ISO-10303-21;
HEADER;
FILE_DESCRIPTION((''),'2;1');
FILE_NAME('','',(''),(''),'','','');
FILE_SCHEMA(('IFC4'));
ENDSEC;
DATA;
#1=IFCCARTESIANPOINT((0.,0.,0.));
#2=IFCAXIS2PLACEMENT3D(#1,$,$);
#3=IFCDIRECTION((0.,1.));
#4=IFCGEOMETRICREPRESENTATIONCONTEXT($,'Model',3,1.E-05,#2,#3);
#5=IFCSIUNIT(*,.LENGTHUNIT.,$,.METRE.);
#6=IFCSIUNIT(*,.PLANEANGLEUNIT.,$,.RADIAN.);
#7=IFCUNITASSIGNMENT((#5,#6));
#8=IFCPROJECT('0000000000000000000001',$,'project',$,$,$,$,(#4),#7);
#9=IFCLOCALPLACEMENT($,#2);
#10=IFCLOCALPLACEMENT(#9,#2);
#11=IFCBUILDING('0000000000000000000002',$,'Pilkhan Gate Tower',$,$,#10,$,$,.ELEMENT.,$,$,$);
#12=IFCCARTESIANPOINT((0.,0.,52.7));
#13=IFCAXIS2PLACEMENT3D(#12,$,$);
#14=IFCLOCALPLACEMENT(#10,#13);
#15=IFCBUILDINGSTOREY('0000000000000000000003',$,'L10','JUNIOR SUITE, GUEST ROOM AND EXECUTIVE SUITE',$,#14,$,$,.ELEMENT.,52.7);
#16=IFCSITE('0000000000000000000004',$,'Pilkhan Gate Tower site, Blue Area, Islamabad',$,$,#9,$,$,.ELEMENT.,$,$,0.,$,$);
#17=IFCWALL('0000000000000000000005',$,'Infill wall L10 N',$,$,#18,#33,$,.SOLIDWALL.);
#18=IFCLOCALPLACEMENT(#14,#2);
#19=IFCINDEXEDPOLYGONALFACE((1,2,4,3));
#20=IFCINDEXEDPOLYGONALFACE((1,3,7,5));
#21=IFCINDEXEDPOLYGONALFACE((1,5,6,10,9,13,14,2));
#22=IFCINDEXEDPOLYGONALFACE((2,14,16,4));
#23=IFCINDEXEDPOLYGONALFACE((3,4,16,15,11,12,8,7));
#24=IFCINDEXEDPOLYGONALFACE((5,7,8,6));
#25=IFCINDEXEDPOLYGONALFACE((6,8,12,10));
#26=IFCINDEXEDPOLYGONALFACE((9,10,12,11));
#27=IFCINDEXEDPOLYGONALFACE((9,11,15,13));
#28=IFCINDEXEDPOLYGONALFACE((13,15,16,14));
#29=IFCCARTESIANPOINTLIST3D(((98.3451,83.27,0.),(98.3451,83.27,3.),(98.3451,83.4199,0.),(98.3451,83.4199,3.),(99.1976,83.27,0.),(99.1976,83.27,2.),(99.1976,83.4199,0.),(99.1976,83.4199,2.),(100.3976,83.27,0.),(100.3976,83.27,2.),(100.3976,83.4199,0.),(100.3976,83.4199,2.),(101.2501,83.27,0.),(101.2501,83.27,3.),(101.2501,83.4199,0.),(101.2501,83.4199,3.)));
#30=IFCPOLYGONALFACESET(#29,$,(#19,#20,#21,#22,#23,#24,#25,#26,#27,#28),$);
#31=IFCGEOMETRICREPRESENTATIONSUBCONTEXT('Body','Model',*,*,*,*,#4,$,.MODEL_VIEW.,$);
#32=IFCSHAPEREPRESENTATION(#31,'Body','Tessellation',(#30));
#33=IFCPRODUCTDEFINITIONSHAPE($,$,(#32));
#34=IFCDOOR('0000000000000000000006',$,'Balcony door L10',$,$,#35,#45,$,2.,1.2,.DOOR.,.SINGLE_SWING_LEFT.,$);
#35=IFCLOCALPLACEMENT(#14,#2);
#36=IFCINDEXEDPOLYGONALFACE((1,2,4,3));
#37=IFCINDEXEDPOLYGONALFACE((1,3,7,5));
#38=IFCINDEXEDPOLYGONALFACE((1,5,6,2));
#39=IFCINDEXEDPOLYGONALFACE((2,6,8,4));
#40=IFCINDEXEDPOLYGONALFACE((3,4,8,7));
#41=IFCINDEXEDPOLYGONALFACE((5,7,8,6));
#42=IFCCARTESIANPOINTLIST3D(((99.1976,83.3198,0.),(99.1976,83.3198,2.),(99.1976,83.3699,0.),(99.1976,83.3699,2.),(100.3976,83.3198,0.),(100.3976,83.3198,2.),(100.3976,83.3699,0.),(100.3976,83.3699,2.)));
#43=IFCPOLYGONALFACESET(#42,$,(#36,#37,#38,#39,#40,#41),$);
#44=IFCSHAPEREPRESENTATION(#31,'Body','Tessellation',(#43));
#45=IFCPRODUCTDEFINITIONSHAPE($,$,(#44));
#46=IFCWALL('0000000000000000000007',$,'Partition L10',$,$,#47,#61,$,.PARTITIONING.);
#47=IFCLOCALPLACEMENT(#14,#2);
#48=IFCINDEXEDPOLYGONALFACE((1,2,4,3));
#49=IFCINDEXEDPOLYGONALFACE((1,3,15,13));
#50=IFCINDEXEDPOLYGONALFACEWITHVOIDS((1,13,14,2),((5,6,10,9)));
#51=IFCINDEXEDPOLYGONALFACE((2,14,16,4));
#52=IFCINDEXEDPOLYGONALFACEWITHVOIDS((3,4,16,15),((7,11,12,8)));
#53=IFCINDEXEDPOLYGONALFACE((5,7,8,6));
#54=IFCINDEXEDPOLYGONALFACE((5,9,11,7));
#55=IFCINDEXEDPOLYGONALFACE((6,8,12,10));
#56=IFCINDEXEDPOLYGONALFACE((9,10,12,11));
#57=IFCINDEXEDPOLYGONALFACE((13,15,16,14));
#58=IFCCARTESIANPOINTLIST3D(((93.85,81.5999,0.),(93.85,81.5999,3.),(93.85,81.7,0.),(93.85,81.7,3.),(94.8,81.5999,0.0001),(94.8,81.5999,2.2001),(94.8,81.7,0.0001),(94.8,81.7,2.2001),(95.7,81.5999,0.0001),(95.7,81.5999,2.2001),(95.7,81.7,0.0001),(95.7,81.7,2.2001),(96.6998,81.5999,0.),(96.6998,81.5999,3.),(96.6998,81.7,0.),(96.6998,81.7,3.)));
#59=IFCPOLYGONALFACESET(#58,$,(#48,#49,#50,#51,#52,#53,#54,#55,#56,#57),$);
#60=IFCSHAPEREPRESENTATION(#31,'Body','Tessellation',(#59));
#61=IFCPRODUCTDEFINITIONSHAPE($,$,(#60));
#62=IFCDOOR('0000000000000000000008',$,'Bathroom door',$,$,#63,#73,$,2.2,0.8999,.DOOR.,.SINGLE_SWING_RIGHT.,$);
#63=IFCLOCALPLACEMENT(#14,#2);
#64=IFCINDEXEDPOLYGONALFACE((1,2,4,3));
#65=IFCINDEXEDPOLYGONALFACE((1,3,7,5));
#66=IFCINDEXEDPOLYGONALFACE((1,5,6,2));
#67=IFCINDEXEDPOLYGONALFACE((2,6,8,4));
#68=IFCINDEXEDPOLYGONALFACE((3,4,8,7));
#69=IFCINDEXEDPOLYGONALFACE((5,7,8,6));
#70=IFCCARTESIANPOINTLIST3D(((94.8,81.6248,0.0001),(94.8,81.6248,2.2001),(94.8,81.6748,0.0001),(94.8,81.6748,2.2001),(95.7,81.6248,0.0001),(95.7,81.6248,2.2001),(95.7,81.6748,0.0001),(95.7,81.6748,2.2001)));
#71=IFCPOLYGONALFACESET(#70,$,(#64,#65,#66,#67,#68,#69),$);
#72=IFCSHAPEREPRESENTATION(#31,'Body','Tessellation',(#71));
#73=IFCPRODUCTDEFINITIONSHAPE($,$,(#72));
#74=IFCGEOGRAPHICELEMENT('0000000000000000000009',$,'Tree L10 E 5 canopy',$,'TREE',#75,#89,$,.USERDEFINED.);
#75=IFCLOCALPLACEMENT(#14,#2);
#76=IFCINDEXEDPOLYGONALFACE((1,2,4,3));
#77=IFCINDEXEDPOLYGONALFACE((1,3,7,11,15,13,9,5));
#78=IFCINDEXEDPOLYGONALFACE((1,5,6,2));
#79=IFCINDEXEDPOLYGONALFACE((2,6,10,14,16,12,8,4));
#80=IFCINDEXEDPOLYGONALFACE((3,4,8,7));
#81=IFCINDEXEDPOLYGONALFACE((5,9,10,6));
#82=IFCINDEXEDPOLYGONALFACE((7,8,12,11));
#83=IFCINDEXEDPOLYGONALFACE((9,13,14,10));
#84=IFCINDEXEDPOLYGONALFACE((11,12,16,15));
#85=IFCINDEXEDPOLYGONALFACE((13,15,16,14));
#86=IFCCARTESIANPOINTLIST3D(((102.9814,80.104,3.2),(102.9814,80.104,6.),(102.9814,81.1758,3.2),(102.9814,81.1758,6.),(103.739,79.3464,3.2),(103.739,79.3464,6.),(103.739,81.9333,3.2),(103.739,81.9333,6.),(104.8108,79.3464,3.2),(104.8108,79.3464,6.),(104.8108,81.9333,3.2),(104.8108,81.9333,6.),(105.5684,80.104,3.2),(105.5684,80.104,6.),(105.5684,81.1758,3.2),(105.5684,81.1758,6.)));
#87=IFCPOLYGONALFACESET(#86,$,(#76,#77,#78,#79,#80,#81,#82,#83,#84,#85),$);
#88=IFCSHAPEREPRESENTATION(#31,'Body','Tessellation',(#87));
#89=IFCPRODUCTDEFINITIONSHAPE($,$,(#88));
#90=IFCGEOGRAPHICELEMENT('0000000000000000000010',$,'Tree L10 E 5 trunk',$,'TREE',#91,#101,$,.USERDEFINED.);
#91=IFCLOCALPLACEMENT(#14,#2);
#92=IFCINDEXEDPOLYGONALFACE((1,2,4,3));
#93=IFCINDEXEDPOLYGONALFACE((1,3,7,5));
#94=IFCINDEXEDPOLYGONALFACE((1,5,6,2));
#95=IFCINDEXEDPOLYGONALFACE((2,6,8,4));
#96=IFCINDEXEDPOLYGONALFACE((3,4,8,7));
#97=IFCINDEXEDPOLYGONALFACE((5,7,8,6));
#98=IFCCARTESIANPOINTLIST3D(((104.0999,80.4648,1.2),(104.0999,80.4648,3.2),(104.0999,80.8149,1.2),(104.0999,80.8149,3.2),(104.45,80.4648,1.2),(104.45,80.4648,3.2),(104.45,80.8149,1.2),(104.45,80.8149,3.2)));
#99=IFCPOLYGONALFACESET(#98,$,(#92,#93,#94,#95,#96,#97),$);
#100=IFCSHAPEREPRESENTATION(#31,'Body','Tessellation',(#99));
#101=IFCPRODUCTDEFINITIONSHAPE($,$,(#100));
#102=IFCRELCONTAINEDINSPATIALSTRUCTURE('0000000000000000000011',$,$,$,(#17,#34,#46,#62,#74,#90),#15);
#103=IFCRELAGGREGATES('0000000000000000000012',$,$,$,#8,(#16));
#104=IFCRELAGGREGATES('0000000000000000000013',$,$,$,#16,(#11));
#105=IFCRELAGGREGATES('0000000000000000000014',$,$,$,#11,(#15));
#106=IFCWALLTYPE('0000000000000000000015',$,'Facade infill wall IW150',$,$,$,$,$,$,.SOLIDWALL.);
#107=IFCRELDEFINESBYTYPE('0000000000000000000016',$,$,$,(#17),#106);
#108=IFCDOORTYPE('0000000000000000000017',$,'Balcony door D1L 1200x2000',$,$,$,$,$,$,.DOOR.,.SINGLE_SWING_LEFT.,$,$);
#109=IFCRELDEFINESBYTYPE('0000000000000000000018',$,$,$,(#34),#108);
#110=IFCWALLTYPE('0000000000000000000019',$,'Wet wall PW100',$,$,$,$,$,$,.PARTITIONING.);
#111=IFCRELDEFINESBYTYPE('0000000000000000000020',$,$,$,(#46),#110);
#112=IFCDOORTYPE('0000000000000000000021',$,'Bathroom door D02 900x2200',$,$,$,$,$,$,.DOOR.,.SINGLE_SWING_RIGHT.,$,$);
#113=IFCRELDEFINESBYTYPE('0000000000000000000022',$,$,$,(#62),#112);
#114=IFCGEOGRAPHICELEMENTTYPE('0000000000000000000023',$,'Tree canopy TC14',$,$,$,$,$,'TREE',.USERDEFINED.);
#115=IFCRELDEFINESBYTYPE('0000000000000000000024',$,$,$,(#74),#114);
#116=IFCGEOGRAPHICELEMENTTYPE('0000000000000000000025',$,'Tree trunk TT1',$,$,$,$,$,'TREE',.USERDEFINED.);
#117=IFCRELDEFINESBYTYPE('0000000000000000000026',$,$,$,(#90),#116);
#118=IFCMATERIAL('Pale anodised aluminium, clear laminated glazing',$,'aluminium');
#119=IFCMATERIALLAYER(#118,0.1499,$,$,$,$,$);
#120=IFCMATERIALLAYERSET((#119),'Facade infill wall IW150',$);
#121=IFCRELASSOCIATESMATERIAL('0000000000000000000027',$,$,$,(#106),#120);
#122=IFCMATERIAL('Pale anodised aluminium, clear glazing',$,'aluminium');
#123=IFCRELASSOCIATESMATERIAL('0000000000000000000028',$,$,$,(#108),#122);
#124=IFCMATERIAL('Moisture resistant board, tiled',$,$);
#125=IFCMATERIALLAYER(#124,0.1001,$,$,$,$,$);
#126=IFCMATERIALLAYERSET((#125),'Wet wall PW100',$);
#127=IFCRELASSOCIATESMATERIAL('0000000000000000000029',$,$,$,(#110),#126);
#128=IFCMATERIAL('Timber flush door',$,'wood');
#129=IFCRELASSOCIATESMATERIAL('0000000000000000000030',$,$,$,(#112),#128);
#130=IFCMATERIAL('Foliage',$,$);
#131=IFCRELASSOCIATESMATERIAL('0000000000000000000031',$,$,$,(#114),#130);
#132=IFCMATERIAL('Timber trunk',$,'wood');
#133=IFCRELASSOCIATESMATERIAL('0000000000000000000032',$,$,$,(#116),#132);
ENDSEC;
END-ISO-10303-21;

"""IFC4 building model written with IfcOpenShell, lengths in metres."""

from ifc_helpers import new_model, si_unit, direction, frame, frame_2d, origin, origin_2d, place, context, subcontext, project, spatial, polyline, rectangle, outline, extrude, material, layer, layer_set, material_profile, profile_set, type_object, element, fill, save


model = new_model("IFC4")

# Units and contexts
model_context = context("Model", 3, precision=1e-05, world=origin(), true_north=direction((0.0, 1.0)))
body_context = subcontext(model_context, "Body", "Model", "MODEL_VIEW")
ifc_project = project(units=[si_unit("LENGTHUNIT", "METRE"), si_unit("PLANEANGLEUNIT", "RADIAN")], contexts=[model_context])

# Site, building, storey
site_placement = place(None, origin())
site = spatial("IfcSite", under=ifc_project, at=site_placement, Name="Pilkhan Gate Tower site, Blue Area, Islamabad", CompositionType="ELEMENT", RefElevation=0.0)
building_placement = place(site_placement, origin())
building = spatial("IfcBuilding", under=site, at=building_placement, Name="Pilkhan Gate Tower", CompositionType="ELEMENT")
storey_placement = place(building_placement, frame((0.0, 0.0, 52.7)))
storey = spatial("IfcBuildingStorey", under=building, at=storey_placement, Name="L10", Description="JUNIOR SUITE, GUEST ROOM AND EXECUTIVE SUITE", CompositionType="ELEMENT", Elevation=52.7)

# Walls, openings, doors
ifc_material_1 = material(Name="Pale anodised aluminium, clear laminated glazing", Category="aluminium")
ifc_layer_1 = layer(ifc_material_1, 0.1499)
ifc_layer_set_1 = layer_set([ifc_layer_1], Name="Facade infill wall IW150")
wall_type_1 = type_object("IfcWallType", Name="Facade infill wall IW150", PredefinedType="SOLIDWALL", material=ifc_layer_set_1)
wall_1_placement = place(storey_placement, frame((98.345, 83.345, 0.0), z_axis=(0.0, 0.0, 1.0), x_axis=(1.0, 0.0, 0.0)))
wall_1 = element("IfcWall", 1, at=wall_1_placement, inside=storey, type_object=wall_type_1, Name="Infill wall L10 N", PredefinedType="SOLIDWALL", context=body_context, shape_type="SweptSolid", body=[
    extrude(rectangle(XDim=2.905, YDim=0.1499, at=frame_2d((1.4526, 0.0))), origin(), (0.0, 0.0, 1.0), 3.0),
])
opening_1_placement = place(wall_1_placement, frame((0.8525, 0.0, 0.0)))
opening_1 = element("IfcOpeningElement", 2, at=opening_1_placement, cuts=wall_1, PredefinedType="OPENING", context=body_context, shape_type="SweptSolid", body=[
    extrude(rectangle(XDim=1.2, YDim=2.0, at=frame_2d((0.6001, 1.0))), frame((0.0, 0.085, 0.0), z_axis=(0.0, -1.0, 0.0), x_axis=(1.0, 0.0, 0.0)), (0.0, 0.0, 1.0), 0.1699),
])
ifc_material_2 = material(Name="Pale anodised aluminium, clear glazing", Category="aluminium")
door_type_1 = type_object("IfcDoorType", Name="Balcony door D1L 1200x2000", OperationType="SINGLE_SWING_LEFT", PredefinedType="DOOR", material=ifc_material_2)
door_1_placement = place(opening_1_placement, origin())
door_1 = element("IfcDoor", 3, at=door_1_placement, inside=storey, type_object=door_type_1, Name="Balcony door L10", OperationType="SINGLE_SWING_LEFT", OverallHeight=2.0, OverallWidth=1.2, PredefinedType="DOOR", context=body_context, shape_type="SweptSolid", body=[
    extrude(rectangle(XDim=1.2, YDim=2.0, at=frame_2d((0.6001, 1.0))), frame((0.0, 0.0249, 0.0), z_axis=(0.0, -1.0, 0.0), x_axis=(1.0, 0.0, 0.0)), (0.0, 0.0, 1.0), 0.05),
])
fill(opening_1, door_1)
ifc_material_3 = material(Name="Moisture resistant board, tiled")
ifc_layer_2 = layer(ifc_material_3, 0.1001)
ifc_layer_set_2 = layer_set([ifc_layer_2], Name="Wet wall PW100")
wall_type_2 = type_object("IfcWallType", Name="Wet wall PW100", PredefinedType="PARTITIONING", material=ifc_layer_set_2)
wall_2_placement = place(storey_placement, frame((93.8501, 81.6499, 0.0), z_axis=(0.0, 0.0, 1.0), x_axis=(1.0, 0.0, 0.0)))
wall_2 = element("IfcWall", 4, at=wall_2_placement, inside=storey, type_object=wall_type_2, Name="Partition L10", PredefinedType="PARTITIONING", context=body_context, shape_type="SweptSolid", body=[
    extrude(rectangle(XDim=2.8499, YDim=0.1001, at=frame_2d((1.4248, 0.0))), origin(), (0.0, 0.0, 1.0), 3.0),
])
opening_2_placement = place(wall_2_placement, frame((0.95, 0.0, 0.0)))
opening_2 = element("IfcOpeningElement", 5, at=opening_2_placement, cuts=wall_2, PredefinedType="OPENING", context=body_context, shape_type="SweptSolid", body=[
    extrude(rectangle(XDim=0.8999, YDim=2.2, at=frame_2d((0.45, 1.1001))), frame((0.0, 0.0601, 0.0), z_axis=(0.0, -1.0, 0.0), x_axis=(1.0, 0.0, 0.0)), (0.0, 0.0, 1.0), 0.1201),
])
ifc_material_4 = material(Name="Timber flush door", Category="wood")
door_type_2 = type_object("IfcDoorType", Name="Bathroom door D02 900x2200", OperationType="SINGLE_SWING_RIGHT", PredefinedType="DOOR", material=ifc_material_4)
door_2_placement = place(opening_2_placement, origin())
door_2 = element("IfcDoor", 6, at=door_2_placement, inside=storey, type_object=door_type_2, Name="Bathroom door", OperationType="SINGLE_SWING_RIGHT", OverallHeight=2.2, OverallWidth=0.8999, PredefinedType="DOOR", context=body_context, shape_type="SweptSolid", body=[
    extrude(rectangle(XDim=0.8999, YDim=2.2, at=frame_2d((0.45, 1.1001))), frame((0.0, 0.0249, 0.0), z_axis=(0.0, -1.0, 0.0), x_axis=(1.0, 0.0, 0.0)), (0.0, 0.0, 1.0), 0.05),
])
fill(opening_2, door_2)

# Geographic elements
ifc_material_5 = material(Name="Foliage")
ifc_material_profile_1 = material_profile(ifc_material_5, outline(polyline([(1.2935, 0.5359), (0.5359, 1.2935), (-0.5359, 1.2935), (-1.2935, 0.5359), (-1.2935, -0.5359), (-0.5359, -1.2935), (0.5359, -1.2935), (1.2935, -0.5359), (1.2935, 0.5359)])), Name="Canopy D2.8")
ifc_profile_set_1 = profile_set([ifc_material_profile_1], Name="Foliage")
geographic_element_type_1 = type_object("IfcGeographicElementType", Name="Tree canopy TC14", ElementType="TREE", PredefinedType="USERDEFINED", material=ifc_profile_set_1)
geographic_element_1_placement = place(storey_placement, frame((104.2749, 80.6399, 3.2), z_axis=(0.0, 0.0, 1.0), x_axis=(1.0, 0.0, 0.0)))
element("IfcGeographicElement", 7, at=geographic_element_1_placement, inside=storey, type_object=geographic_element_type_1, Name="Tree L10 E 5 canopy", ObjectType="TREE", PredefinedType="USERDEFINED", context=body_context, shape_type="SweptSolid", body=[
    extrude(outline(polyline([(1.2935, 0.5359), (0.5359, 1.2935), (-0.5359, 1.2935), (-1.2935, 0.5359), (-1.2935, -0.5359), (-0.5359, -1.2935), (0.5359, -1.2935), (1.2935, -0.5359), (1.2935, 0.5359)])), origin(), (0.0, 0.0, 1.0), 2.8),
])
ifc_material_6 = material(Name="Timber trunk", Category="wood")
geographic_element_type_2 = type_object("IfcGeographicElementType", Name="Tree trunk TT1", ElementType="TREE", PredefinedType="USERDEFINED", material=ifc_material_6)
geographic_element_2_placement = place(storey_placement, frame((104.2749, 80.6399, 1.2), z_axis=(0.0, 0.0, 1.0), x_axis=(1.0, 0.0, 0.0)))
element("IfcGeographicElement", 8, at=geographic_element_2_placement, inside=storey, type_object=geographic_element_type_2, Name="Tree L10 E 5 trunk", ObjectType="TREE", PredefinedType="USERDEFINED", context=body_context, shape_type="SweptSolid", body=[
    extrude(rectangle(XDim=0.3501, YDim=0.3501, at=origin_2d()), origin(), (0.0, 0.0, 1.0), 2.0),
])

save(model, "model.ifc")
